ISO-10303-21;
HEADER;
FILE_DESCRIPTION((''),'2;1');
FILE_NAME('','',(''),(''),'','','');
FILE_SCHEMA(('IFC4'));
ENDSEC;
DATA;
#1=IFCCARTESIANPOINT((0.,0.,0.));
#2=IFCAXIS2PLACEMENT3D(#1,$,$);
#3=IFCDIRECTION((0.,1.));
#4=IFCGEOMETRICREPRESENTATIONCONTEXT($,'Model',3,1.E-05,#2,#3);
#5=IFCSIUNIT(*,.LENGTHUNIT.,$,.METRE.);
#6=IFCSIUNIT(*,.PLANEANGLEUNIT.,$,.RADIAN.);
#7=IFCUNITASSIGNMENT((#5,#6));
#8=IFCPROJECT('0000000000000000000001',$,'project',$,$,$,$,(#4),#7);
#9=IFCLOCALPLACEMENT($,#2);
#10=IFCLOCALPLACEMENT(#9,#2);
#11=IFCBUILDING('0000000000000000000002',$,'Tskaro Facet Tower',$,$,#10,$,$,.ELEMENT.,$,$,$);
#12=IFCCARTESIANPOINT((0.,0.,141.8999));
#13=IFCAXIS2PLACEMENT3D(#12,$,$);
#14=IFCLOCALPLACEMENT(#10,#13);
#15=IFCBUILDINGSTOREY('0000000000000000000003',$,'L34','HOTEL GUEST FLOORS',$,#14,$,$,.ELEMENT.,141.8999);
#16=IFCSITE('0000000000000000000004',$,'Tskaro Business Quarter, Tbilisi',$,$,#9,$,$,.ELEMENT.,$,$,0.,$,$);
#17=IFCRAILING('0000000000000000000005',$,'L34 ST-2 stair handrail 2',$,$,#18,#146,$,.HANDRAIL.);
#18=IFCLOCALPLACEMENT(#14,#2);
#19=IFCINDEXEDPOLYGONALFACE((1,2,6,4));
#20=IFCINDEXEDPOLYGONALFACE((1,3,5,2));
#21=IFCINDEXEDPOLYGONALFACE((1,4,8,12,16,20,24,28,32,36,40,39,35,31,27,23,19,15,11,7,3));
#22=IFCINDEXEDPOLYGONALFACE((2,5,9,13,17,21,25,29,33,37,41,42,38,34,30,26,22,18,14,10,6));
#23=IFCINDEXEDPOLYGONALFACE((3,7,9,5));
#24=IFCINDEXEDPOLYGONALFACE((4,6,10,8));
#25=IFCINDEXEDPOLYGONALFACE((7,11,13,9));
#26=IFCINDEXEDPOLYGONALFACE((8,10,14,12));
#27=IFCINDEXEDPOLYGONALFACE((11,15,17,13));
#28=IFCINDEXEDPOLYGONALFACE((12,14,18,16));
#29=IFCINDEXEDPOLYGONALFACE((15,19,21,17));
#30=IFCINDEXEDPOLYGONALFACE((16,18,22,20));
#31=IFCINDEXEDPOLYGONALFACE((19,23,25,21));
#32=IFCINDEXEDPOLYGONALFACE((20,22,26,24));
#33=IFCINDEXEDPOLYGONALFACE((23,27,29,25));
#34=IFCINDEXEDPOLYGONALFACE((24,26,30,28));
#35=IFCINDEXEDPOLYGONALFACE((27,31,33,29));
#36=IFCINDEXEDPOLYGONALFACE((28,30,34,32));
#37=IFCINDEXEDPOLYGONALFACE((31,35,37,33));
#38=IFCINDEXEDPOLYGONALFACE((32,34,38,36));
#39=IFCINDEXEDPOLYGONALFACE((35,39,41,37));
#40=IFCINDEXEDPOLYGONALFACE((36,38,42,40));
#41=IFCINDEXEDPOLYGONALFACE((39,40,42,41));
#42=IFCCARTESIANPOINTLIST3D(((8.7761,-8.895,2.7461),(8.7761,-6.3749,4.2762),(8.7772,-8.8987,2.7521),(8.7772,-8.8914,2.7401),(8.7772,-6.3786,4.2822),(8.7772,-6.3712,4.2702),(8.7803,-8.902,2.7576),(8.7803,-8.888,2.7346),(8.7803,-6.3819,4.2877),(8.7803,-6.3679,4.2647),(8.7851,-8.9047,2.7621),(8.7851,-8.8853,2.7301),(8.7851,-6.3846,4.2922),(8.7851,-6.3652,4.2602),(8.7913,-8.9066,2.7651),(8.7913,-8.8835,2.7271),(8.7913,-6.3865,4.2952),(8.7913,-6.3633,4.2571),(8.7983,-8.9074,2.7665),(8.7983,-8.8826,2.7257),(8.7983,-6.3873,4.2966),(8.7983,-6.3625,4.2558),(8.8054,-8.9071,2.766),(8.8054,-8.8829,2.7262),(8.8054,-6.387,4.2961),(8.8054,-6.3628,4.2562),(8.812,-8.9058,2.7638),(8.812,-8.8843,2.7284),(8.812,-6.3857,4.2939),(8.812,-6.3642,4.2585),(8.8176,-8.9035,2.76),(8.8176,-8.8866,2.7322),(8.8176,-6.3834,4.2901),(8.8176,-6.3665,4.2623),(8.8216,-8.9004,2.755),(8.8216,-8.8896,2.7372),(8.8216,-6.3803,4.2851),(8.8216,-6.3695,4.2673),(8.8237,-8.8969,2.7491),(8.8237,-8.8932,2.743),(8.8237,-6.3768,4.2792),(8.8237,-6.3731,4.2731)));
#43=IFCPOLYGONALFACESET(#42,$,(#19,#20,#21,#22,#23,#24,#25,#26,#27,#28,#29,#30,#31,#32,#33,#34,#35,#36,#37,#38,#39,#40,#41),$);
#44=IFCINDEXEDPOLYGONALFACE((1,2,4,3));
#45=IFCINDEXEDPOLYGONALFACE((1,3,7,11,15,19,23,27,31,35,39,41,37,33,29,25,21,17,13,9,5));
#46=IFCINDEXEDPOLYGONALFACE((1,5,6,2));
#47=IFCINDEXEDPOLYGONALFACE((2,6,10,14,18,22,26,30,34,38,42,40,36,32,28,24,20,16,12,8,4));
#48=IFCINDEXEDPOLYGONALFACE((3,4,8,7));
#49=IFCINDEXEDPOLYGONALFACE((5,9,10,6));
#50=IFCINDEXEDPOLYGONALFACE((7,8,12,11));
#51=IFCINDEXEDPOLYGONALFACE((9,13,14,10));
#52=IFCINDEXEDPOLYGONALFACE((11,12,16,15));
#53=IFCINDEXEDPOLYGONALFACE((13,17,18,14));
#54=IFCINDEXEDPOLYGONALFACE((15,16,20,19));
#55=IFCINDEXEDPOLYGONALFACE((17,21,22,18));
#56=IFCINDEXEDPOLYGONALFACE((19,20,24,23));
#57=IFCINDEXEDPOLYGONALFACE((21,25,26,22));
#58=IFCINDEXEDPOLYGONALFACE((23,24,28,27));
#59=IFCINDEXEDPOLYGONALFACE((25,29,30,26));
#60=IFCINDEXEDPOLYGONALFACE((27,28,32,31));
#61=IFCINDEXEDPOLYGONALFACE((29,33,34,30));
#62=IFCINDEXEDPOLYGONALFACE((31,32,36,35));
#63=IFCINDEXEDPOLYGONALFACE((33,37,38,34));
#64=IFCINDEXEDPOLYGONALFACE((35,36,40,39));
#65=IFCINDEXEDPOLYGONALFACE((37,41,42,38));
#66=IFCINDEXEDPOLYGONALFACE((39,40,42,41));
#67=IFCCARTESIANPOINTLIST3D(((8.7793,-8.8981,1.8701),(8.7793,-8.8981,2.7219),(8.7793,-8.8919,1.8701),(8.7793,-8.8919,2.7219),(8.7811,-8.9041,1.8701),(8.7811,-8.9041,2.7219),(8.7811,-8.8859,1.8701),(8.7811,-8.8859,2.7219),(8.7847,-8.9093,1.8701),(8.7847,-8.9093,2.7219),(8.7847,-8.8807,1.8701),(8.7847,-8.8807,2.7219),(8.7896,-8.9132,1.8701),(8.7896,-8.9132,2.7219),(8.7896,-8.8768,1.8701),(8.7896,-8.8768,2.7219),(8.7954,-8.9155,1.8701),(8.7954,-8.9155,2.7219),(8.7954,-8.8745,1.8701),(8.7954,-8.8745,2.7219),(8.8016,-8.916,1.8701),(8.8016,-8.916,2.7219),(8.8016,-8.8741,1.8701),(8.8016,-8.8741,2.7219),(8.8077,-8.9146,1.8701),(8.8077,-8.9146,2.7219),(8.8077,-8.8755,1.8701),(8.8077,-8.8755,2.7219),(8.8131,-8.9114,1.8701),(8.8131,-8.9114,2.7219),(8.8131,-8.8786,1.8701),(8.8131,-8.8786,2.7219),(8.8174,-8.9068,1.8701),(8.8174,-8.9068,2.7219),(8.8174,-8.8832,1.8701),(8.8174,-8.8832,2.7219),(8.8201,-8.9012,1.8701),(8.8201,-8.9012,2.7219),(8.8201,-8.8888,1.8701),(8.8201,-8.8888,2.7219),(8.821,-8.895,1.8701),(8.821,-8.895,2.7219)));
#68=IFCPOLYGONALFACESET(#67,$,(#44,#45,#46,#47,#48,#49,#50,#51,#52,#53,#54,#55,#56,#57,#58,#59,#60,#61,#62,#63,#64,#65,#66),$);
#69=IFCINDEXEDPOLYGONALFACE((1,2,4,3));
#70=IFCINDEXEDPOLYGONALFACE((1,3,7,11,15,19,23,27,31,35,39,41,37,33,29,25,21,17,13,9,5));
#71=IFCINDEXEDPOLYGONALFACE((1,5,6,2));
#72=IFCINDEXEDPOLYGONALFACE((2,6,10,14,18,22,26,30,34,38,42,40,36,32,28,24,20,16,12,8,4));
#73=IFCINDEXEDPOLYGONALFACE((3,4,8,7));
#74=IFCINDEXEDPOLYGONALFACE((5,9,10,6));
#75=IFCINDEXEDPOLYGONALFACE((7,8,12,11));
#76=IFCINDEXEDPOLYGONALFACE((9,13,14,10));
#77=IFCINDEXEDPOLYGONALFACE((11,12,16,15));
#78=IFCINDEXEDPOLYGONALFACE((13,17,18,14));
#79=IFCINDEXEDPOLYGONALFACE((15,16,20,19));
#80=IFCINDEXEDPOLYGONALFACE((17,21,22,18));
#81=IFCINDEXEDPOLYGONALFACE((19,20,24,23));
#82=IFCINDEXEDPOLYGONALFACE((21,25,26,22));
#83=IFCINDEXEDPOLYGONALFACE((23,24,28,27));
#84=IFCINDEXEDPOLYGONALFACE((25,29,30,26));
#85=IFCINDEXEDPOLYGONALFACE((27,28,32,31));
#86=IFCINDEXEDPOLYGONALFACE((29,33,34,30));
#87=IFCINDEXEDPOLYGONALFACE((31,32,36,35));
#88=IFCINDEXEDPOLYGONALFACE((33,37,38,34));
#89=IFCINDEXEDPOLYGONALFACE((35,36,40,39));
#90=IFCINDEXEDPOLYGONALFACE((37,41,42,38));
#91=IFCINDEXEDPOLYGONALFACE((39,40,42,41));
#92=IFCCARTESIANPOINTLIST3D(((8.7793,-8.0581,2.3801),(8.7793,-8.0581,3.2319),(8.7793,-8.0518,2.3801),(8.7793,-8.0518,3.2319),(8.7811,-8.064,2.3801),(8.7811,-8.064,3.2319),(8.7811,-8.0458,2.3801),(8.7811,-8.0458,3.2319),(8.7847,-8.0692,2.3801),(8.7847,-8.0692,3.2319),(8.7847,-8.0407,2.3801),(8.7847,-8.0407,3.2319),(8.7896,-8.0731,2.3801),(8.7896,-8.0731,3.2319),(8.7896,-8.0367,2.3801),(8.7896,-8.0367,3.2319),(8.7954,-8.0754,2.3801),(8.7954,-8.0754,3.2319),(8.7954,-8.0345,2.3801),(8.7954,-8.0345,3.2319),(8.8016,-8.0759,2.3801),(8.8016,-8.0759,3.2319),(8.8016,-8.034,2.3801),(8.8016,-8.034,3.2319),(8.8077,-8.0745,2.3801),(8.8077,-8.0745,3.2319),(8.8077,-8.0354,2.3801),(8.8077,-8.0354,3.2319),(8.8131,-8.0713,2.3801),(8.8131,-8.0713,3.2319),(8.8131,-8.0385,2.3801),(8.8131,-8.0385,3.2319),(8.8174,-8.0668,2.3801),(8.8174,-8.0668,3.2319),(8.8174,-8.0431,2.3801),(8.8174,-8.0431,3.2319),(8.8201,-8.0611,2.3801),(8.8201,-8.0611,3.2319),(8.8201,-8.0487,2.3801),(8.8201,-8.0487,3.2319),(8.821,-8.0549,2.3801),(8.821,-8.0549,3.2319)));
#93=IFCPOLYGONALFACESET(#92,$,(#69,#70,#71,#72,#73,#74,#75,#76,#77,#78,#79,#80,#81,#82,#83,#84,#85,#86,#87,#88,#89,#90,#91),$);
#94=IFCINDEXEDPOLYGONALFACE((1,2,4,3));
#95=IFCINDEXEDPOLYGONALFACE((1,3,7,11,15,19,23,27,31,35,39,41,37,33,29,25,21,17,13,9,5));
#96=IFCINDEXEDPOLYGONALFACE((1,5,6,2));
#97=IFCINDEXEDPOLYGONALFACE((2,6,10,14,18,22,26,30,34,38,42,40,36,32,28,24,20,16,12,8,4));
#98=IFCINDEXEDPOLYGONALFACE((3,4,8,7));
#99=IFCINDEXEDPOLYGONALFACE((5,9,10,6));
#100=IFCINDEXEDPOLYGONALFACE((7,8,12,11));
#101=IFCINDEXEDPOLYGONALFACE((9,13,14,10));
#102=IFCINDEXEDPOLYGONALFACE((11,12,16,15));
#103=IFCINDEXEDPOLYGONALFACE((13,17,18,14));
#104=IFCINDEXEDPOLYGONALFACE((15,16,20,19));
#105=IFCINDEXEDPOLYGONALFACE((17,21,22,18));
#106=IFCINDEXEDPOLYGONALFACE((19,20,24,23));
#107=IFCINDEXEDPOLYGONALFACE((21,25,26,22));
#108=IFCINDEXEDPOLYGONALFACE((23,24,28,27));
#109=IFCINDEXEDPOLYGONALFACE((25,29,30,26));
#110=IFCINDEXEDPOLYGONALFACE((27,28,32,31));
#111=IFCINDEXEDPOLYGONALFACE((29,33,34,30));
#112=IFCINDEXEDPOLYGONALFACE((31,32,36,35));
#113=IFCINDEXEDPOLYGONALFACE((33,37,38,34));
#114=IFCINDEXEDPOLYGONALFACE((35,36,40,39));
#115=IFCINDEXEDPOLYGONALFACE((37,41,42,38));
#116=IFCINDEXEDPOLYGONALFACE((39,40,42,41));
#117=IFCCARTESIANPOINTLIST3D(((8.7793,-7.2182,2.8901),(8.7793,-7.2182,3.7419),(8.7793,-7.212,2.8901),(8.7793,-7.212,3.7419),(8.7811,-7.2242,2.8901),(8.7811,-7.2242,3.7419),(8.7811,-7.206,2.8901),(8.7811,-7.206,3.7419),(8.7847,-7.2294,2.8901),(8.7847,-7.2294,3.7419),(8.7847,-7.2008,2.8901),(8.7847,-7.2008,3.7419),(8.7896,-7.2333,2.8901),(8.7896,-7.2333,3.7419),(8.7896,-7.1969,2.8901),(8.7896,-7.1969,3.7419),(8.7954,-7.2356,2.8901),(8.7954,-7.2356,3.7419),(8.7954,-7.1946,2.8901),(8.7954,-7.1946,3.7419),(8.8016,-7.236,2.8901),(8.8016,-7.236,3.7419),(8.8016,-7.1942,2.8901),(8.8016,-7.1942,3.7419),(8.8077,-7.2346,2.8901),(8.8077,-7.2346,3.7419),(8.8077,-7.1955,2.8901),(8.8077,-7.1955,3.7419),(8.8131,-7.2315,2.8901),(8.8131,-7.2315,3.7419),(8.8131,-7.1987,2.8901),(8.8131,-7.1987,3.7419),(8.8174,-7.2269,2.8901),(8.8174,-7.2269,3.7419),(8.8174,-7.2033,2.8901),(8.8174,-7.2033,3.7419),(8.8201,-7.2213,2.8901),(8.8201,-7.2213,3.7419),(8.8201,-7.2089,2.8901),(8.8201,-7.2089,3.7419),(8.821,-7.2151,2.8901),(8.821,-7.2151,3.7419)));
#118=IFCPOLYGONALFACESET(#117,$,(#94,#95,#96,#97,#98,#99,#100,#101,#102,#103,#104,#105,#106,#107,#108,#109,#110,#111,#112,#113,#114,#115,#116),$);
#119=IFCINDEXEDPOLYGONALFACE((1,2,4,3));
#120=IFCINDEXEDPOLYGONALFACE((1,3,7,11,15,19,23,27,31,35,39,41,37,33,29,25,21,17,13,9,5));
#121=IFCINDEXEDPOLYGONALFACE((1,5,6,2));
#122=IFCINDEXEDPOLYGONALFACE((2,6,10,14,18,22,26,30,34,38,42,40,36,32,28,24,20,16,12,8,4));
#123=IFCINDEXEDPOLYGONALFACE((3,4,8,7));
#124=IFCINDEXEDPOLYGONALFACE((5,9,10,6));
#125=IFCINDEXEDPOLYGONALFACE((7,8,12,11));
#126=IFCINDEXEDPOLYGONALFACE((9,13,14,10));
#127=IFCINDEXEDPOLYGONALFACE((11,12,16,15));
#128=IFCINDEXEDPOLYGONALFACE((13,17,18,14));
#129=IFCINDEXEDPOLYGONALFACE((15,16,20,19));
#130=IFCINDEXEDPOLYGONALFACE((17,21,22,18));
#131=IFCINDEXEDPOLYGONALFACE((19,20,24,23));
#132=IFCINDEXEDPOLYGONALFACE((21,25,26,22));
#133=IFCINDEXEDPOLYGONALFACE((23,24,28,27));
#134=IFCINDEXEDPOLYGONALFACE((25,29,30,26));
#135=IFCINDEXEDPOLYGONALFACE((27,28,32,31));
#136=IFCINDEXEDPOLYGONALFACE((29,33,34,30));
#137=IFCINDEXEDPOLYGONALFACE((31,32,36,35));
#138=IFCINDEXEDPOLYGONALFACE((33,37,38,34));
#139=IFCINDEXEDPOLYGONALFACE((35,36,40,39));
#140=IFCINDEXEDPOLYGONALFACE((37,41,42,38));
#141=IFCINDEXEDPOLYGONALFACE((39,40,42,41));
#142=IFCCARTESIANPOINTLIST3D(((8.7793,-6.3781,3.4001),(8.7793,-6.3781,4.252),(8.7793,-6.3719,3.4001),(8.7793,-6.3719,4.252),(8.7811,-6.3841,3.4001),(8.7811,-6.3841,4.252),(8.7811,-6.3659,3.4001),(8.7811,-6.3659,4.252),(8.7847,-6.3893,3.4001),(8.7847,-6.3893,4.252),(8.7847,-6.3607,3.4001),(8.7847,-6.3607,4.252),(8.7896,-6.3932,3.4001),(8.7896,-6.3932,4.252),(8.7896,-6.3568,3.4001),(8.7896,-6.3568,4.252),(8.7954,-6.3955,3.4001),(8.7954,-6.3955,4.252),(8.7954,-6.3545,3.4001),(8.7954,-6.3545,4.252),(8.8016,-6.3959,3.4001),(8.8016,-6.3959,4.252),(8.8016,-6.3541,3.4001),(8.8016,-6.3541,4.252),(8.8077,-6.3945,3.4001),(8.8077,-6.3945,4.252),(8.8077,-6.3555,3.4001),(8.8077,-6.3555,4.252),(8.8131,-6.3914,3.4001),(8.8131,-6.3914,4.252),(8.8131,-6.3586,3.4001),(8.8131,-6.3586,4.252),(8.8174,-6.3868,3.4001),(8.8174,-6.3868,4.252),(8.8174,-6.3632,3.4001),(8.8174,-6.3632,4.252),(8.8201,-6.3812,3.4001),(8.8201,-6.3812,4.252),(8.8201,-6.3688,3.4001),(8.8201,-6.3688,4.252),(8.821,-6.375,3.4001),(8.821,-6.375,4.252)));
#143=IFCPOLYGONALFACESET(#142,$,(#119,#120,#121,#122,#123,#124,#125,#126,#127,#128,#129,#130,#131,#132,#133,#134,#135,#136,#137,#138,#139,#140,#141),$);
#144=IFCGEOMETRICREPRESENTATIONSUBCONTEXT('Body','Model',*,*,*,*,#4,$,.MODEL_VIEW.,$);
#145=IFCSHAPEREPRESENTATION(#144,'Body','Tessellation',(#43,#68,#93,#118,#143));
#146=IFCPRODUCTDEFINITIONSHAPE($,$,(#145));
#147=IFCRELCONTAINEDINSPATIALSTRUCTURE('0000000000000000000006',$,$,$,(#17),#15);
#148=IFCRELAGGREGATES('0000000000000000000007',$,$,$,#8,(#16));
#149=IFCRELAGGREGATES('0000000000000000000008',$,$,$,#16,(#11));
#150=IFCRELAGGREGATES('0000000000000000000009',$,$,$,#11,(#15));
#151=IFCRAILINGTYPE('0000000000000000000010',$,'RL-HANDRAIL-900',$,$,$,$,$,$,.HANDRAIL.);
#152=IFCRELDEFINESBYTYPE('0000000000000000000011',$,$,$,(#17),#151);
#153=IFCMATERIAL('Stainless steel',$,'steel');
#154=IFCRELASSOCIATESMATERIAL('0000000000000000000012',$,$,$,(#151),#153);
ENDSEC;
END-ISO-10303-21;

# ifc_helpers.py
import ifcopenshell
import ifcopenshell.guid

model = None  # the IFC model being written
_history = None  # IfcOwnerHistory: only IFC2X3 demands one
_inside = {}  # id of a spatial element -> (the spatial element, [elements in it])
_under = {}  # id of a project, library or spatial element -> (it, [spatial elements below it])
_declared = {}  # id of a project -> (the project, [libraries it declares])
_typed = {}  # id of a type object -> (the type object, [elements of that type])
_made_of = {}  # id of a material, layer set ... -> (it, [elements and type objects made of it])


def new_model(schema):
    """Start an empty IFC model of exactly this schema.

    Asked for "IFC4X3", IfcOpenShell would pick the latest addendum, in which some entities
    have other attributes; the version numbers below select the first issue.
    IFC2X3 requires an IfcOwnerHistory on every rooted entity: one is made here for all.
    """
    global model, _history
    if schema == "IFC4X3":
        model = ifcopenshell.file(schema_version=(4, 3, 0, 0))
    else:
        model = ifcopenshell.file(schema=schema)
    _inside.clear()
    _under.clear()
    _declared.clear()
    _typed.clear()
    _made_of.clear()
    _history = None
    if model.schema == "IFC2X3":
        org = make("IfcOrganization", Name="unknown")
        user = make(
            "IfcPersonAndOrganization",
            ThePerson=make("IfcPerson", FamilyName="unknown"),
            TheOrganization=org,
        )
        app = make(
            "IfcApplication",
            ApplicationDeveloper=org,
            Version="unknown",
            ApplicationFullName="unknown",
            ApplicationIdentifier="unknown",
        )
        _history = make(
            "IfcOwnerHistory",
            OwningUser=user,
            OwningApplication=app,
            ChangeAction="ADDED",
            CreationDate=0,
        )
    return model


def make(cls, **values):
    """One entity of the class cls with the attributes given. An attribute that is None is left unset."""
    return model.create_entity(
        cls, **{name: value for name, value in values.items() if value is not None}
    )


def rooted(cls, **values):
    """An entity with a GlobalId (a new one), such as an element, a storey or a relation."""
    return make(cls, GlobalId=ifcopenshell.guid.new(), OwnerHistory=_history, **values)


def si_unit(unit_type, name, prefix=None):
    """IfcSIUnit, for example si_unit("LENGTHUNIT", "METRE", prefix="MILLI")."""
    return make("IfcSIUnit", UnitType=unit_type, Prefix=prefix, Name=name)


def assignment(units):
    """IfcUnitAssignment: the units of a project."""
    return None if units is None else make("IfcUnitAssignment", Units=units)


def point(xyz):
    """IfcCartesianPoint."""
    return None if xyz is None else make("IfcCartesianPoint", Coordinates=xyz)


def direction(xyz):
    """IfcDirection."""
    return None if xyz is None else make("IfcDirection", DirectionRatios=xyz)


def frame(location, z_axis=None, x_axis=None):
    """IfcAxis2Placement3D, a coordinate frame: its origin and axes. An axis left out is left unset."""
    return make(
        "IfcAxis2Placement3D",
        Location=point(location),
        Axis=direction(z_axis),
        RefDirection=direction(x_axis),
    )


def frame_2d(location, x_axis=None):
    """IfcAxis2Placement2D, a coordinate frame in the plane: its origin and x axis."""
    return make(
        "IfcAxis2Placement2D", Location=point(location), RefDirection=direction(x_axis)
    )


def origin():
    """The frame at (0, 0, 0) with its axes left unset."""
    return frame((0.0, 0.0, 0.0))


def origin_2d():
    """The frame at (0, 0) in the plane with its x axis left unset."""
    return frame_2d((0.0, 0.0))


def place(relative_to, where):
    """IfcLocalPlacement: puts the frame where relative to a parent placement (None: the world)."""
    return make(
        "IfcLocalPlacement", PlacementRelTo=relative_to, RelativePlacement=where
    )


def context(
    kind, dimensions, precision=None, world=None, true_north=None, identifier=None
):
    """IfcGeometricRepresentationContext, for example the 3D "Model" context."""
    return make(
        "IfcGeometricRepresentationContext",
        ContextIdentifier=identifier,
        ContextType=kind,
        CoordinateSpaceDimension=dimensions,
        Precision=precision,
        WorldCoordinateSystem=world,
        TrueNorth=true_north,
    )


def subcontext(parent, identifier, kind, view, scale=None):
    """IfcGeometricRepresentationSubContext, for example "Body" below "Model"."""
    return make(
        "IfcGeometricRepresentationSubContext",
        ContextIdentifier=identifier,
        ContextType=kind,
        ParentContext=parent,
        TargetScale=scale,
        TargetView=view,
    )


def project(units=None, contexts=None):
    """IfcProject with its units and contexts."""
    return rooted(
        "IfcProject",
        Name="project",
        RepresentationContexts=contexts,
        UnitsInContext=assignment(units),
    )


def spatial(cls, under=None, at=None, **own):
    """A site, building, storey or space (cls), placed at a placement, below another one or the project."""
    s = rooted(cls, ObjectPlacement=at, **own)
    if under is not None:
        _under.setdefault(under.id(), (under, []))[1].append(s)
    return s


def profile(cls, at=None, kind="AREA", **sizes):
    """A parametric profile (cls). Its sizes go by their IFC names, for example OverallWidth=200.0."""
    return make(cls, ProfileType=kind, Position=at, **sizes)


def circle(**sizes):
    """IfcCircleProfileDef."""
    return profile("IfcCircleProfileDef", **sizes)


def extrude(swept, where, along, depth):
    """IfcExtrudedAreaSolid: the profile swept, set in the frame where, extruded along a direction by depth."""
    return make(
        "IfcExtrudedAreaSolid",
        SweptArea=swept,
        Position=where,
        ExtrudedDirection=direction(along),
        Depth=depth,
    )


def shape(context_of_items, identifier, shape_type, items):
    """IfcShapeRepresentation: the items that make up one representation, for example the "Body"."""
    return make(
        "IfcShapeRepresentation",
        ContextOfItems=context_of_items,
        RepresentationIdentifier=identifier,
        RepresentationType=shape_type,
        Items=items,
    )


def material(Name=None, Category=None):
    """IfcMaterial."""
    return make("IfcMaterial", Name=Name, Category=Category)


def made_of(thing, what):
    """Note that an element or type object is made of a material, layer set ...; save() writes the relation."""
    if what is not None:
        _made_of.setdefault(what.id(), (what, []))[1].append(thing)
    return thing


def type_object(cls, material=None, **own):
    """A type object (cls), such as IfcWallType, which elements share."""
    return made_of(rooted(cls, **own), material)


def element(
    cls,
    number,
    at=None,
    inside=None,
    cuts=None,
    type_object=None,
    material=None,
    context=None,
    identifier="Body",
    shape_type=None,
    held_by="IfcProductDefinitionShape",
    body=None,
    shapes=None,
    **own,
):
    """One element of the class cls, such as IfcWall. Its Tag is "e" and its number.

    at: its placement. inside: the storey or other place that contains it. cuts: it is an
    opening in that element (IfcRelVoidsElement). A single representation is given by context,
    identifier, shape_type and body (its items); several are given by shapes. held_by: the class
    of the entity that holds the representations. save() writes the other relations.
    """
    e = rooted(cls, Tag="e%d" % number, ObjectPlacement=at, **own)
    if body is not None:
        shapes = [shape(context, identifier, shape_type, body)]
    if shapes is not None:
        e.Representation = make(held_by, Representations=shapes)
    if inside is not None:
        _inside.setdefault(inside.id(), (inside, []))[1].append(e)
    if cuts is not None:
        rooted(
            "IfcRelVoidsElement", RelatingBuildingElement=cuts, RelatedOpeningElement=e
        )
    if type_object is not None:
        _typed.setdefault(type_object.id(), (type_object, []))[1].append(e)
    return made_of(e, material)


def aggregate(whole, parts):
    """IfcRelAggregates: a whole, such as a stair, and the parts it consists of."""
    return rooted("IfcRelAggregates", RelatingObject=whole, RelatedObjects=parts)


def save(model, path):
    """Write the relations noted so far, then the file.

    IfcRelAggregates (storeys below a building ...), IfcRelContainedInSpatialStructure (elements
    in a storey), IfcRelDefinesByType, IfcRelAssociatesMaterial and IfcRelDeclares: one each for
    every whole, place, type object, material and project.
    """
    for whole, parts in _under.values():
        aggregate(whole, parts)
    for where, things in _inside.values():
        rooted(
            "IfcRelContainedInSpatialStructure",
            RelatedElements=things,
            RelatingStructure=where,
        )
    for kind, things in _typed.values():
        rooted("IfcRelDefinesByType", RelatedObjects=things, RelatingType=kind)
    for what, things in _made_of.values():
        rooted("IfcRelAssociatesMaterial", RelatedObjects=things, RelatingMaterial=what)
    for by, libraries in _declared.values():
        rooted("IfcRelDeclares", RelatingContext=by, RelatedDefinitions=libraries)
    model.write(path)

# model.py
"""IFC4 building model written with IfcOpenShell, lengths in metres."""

from ifc_helpers import new_model, si_unit, direction, frame, origin, origin_2d, place, context, subcontext, project, spatial, circle, extrude, material, type_object, element, save


model = new_model("IFC4")

# Units and contexts
model_context = context("Model", 3, precision=1e-05, world=origin(), true_north=direction((0.0, 1.0)))
body_context = subcontext(model_context, "Body", "Model", "MODEL_VIEW")
ifc_project = project(units=[si_unit("LENGTHUNIT", "METRE"), si_unit("PLANEANGLEUNIT", "RADIAN")], contexts=[model_context])

# Site, building, storey
site_placement = place(None, origin())
site = spatial("IfcSite", under=ifc_project, at=site_placement, Name="Tskaro Business Quarter, Tbilisi", CompositionType="ELEMENT", RefElevation=0.0)
building_placement = place(site_placement, origin())
building = spatial("IfcBuilding", under=site, at=building_placement, Name="Tskaro Facet Tower", CompositionType="ELEMENT")
storey_placement = place(building_placement, frame((0.0, 0.0, 141.8999)))
storey = spatial("IfcBuildingStorey", under=building, at=storey_placement, Name="L34", Description="HOTEL GUEST FLOORS", CompositionType="ELEMENT", Elevation=141.8999)

# Railing
ifc_material_1 = material(Name="Stainless steel", Category="steel")
railing_type_1 = type_object("IfcRailingType", Name="RL-HANDRAIL-900", PredefinedType="HANDRAIL", material=ifc_material_1)
railing_1_placement = place(storey_placement, frame((8.8, -8.895, 1.8701)))
element("IfcRailing", 1, at=railing_1_placement, inside=storey, type_object=railing_type_1, Name="L34 ST-2 stair handrail 2", PredefinedType="HANDRAIL", context=body_context, shape_type="SweptSolid", body=[
    extrude(circle(Radius=0.0239, at=origin_2d()), frame((0.0, 0.0, 0.876), z_axis=(0.0, 0.854785, 0.518982), x_axis=(-1.0, 0.0, 0.0)), (0.0, 0.0, 1.0), 2.9482),
    extrude(circle(Radius=0.021, at=origin_2d()), origin(), (0.0, 0.0, 1.0), 0.8518),
    extrude(circle(Radius=0.021, at=origin_2d()), frame((0.0, 0.8401, 0.51)), (0.0, 0.0, 1.0), 0.8518),
    extrude(circle(Radius=0.021, at=origin_2d()), frame((0.0, 1.6799, 1.02)), (0.0, 0.0, 1.0), 0.8518),
    extrude(circle(Radius=0.021, at=origin_2d()), frame((0.0, 2.52, 1.53)), (0.0, 0.0, 1.0), 0.8518),
])

save(model, "model.ifc")
